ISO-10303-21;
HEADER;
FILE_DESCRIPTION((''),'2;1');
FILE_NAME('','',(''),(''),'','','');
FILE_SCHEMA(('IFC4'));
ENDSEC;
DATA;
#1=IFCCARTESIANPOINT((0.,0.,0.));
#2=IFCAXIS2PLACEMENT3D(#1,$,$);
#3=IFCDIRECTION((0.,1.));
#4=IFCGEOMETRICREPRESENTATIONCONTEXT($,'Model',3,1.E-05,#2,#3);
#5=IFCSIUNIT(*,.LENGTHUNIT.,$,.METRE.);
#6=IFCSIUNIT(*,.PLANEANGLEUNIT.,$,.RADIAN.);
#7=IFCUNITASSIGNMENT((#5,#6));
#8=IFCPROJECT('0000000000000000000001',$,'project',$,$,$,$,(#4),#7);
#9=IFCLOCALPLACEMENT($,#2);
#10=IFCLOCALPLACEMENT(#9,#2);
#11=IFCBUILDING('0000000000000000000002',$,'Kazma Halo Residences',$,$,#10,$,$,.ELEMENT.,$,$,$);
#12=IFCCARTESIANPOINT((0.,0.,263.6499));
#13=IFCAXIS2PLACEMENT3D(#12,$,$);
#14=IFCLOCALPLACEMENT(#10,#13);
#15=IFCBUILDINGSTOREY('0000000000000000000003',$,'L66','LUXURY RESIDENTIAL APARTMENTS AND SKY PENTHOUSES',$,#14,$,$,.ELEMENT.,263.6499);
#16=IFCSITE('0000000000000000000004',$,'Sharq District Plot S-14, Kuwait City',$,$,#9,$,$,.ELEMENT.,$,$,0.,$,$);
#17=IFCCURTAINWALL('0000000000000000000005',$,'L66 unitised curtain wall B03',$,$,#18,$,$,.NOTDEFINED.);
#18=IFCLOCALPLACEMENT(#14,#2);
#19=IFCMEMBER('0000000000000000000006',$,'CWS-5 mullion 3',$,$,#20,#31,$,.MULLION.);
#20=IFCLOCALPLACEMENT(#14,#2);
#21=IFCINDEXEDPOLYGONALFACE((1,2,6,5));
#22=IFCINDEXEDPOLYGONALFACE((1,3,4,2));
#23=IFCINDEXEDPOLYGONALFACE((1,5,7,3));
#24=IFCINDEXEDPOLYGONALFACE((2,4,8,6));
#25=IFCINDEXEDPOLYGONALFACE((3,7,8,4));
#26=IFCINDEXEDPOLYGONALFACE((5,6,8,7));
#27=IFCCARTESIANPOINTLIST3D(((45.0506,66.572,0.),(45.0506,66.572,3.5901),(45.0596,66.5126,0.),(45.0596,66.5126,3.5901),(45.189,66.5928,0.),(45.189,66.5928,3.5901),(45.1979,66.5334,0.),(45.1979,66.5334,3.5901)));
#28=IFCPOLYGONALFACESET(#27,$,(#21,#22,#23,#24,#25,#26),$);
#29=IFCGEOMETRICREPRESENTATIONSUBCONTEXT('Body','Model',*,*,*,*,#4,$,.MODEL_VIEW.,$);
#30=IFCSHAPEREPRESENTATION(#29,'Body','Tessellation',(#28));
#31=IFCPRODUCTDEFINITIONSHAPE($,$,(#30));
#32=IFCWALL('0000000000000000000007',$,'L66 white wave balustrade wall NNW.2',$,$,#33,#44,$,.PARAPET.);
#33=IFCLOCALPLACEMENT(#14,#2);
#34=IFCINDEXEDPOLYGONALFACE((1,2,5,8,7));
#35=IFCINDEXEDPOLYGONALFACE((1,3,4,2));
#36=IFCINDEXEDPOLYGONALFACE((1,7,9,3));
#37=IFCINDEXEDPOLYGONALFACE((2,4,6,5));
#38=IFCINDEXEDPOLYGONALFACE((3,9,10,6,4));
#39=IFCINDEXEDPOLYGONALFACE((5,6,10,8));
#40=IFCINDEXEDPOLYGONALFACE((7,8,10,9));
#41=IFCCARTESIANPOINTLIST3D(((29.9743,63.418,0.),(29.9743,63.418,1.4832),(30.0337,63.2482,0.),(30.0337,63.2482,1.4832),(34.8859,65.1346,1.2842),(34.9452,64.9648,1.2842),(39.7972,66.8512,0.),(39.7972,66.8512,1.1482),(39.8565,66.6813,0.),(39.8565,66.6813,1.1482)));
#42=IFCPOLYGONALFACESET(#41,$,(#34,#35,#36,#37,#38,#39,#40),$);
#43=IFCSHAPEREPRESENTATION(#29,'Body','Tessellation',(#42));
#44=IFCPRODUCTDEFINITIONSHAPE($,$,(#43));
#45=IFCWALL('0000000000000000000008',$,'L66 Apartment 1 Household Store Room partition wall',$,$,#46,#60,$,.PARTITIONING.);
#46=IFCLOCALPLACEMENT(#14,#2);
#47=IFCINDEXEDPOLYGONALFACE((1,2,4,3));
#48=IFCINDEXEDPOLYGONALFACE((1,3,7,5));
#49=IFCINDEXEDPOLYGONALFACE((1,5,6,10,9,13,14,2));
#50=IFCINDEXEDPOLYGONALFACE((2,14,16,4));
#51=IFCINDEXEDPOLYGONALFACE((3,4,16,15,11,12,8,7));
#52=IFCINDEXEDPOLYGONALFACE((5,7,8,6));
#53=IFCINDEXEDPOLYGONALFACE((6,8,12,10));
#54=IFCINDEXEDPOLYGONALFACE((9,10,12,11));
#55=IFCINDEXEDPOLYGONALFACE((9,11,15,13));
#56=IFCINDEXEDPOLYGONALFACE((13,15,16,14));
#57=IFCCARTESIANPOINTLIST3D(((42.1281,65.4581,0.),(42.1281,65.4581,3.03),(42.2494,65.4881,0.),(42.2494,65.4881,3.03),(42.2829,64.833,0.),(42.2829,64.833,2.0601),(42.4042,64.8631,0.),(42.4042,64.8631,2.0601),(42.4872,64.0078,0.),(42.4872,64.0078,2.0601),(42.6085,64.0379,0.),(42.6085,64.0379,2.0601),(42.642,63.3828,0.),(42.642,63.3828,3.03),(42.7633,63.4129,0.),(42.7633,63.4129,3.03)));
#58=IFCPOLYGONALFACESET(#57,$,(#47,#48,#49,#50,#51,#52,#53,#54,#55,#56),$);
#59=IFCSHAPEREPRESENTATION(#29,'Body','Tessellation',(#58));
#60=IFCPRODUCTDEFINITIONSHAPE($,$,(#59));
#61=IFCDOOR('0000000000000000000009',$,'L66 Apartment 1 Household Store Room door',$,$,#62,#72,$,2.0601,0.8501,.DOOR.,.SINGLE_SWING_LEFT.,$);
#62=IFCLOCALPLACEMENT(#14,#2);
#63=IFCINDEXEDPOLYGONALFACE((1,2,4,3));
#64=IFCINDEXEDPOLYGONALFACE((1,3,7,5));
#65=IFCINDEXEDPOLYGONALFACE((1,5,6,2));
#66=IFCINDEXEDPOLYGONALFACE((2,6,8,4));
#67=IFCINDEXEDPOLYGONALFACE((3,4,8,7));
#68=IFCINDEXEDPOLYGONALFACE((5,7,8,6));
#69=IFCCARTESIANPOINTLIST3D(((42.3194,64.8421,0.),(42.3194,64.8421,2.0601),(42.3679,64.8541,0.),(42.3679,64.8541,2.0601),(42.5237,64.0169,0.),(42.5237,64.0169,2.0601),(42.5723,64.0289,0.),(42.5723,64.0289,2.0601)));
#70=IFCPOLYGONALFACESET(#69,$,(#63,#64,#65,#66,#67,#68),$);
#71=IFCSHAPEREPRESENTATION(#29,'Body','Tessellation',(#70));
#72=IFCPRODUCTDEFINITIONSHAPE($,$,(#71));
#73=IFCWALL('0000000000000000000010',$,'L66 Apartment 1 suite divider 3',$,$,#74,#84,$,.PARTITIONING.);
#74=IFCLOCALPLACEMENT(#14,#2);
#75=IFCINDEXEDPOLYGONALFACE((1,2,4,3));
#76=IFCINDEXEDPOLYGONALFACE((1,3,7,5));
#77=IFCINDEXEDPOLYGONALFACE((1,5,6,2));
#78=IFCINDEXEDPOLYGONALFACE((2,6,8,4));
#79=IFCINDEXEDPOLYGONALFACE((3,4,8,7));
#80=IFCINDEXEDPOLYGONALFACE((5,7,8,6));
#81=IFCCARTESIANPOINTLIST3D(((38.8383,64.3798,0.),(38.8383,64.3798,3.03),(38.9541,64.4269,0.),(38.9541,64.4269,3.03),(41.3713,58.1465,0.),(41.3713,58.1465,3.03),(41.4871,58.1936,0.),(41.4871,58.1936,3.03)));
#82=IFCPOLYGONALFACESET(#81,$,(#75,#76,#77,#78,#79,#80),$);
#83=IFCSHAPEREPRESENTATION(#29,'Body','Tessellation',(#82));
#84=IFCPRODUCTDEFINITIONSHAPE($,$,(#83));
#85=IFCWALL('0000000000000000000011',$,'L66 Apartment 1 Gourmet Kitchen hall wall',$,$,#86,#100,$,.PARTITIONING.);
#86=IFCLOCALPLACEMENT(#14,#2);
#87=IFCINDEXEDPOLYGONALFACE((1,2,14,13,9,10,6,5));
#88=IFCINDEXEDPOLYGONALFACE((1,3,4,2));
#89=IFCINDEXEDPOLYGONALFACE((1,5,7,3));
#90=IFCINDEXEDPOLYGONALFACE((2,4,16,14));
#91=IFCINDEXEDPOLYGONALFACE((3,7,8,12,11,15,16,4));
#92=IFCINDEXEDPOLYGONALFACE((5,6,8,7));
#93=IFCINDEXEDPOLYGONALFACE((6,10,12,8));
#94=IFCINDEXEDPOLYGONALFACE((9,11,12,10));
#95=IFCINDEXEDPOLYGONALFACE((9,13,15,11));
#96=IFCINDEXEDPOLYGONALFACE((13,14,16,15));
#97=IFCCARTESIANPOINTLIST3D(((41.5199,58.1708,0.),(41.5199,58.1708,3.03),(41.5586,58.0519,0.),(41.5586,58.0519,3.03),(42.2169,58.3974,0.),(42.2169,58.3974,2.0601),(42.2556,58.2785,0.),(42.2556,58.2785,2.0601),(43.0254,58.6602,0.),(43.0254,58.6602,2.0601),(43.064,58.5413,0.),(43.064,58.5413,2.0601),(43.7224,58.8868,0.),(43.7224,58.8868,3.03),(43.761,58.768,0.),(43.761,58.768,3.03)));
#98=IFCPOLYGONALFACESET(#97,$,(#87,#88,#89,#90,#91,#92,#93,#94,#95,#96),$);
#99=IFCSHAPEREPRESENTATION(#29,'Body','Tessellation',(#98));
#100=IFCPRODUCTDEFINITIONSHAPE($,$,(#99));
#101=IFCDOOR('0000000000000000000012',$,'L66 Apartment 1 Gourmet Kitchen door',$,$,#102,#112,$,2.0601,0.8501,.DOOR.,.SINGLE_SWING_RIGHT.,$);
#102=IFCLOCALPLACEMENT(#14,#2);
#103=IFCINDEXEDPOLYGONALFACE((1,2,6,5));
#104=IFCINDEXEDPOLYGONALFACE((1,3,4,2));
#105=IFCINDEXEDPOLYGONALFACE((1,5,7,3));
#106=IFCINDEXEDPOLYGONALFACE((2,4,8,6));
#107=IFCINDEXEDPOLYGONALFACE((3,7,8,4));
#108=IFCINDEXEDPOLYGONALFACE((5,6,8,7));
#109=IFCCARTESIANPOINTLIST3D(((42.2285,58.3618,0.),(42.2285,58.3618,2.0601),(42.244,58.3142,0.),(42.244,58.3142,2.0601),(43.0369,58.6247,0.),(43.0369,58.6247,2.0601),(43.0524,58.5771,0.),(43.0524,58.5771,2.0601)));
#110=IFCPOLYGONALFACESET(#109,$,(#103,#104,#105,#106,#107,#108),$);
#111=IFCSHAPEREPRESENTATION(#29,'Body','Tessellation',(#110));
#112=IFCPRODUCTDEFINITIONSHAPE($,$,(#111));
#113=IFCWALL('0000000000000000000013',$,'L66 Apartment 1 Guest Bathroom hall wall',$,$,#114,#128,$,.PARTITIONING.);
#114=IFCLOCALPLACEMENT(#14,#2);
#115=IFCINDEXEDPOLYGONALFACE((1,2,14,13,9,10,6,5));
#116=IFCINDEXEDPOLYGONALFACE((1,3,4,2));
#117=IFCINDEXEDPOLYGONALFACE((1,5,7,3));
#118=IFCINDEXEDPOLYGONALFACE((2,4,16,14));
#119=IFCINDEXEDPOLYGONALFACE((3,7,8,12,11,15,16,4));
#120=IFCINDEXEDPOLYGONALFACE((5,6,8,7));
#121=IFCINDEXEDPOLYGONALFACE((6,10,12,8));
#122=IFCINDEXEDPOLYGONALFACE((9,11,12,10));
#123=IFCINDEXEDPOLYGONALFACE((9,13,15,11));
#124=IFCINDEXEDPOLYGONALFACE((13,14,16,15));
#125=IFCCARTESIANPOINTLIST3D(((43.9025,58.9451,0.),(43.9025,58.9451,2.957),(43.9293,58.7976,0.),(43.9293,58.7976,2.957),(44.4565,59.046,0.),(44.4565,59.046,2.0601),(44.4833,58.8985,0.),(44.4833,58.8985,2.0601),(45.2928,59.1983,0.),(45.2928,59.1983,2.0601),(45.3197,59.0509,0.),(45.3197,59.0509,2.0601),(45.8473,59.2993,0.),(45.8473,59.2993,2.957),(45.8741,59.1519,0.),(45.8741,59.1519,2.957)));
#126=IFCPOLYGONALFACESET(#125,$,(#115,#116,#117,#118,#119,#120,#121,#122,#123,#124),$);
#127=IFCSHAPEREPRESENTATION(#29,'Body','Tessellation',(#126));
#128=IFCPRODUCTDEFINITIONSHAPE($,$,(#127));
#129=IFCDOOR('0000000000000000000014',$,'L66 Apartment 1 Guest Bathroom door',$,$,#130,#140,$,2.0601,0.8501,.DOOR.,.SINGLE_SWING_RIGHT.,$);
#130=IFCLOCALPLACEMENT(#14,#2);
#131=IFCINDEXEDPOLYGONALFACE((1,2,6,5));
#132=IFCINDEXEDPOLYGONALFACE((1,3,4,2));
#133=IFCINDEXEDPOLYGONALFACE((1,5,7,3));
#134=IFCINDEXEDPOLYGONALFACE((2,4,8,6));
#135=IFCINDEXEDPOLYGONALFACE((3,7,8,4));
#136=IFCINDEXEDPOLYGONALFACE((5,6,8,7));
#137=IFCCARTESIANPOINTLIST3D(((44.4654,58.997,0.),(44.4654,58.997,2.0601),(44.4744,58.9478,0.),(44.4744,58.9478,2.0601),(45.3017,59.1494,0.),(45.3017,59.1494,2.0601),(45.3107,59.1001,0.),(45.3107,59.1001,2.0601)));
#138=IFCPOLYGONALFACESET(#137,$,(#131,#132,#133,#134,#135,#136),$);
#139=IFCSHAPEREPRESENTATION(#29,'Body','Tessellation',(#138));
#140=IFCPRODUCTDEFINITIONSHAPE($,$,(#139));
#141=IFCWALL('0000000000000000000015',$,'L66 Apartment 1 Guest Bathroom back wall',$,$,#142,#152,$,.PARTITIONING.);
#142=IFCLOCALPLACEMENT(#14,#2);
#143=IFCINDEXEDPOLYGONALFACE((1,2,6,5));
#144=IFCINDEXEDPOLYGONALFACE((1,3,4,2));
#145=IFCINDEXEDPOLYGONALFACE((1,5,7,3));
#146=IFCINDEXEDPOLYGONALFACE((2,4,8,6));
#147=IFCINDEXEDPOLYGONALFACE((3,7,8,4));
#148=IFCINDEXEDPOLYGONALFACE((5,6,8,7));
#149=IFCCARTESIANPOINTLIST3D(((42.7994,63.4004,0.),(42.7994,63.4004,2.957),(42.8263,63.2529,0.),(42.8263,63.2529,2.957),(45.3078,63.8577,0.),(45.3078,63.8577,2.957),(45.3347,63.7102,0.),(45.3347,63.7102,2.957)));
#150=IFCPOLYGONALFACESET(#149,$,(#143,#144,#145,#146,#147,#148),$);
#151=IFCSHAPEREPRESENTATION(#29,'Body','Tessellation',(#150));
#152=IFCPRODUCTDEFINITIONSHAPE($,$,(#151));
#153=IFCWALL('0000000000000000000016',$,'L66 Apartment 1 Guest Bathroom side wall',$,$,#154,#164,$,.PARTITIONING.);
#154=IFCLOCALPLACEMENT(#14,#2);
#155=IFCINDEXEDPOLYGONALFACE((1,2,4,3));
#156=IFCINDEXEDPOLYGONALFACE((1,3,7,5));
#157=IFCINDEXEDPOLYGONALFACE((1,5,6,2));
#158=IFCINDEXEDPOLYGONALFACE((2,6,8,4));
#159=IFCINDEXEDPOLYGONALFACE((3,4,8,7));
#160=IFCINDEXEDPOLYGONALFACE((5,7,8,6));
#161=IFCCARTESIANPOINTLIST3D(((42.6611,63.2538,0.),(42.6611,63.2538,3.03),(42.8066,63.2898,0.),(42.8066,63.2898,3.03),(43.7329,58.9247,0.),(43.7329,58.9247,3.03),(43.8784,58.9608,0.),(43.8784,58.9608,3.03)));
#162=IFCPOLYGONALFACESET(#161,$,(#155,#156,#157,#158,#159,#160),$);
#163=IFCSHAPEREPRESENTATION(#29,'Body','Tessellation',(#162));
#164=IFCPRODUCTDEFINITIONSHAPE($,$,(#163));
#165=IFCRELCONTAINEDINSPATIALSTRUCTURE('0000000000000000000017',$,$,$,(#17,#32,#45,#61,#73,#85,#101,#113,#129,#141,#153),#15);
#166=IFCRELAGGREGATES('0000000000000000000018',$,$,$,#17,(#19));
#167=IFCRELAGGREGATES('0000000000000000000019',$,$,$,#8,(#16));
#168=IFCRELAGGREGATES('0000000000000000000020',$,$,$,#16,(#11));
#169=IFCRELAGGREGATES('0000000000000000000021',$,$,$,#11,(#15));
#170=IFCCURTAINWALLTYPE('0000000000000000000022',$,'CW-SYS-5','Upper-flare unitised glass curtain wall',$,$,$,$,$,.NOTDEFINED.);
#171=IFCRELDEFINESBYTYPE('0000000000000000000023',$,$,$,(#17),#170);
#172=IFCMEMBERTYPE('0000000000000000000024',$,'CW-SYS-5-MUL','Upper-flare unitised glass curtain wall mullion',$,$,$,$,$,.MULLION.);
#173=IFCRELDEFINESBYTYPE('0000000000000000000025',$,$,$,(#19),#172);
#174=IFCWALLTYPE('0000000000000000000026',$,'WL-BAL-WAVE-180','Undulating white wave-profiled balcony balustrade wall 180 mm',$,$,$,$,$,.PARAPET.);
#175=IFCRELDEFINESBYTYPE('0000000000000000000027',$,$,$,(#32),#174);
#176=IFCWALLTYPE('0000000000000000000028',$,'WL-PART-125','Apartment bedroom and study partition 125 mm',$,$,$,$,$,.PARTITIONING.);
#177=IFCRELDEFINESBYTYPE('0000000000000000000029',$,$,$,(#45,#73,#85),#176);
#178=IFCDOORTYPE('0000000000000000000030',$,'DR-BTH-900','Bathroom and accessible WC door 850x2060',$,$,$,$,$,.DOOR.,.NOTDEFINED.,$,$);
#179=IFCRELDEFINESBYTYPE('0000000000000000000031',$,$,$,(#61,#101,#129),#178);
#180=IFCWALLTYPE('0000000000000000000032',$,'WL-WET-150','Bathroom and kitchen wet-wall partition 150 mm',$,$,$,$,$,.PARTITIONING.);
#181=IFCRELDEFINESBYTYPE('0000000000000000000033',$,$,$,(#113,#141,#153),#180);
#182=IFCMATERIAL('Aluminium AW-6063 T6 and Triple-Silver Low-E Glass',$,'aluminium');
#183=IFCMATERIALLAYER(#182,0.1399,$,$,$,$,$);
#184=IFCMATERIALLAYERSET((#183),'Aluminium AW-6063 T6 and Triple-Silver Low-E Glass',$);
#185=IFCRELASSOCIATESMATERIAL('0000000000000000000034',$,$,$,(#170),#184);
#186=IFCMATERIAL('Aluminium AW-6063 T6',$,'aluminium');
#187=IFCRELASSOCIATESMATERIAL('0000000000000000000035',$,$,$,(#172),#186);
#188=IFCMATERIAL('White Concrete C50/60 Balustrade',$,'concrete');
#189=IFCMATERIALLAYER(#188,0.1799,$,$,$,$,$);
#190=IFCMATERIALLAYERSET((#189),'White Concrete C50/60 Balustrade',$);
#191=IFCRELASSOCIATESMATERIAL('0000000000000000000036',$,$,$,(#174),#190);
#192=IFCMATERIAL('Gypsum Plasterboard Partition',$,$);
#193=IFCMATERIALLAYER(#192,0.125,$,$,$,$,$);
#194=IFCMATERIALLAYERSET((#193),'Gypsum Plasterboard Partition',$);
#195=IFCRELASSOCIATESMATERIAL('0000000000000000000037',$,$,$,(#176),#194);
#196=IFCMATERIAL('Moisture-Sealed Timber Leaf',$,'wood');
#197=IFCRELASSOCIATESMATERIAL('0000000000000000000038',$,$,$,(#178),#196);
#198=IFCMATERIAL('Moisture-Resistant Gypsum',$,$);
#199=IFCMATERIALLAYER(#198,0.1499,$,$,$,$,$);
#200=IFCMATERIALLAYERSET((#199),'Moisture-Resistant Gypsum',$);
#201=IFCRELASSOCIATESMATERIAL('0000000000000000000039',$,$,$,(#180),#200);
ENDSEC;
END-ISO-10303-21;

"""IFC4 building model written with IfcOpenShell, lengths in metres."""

from ifc_helpers import new_model, si_unit, direction, frame, frame_2d, origin, origin_2d, place, context, subcontext, project, spatial, polyline, rectangle, outline, extrude, material, layer, layer_set, material_profile, profile_set, type_object, element, fill, aggregate, save


model = new_model("IFC4")

# Units and contexts
model_context = context("Model", 3, precision=1e-05, world=origin(), true_north=direction((0.0, 1.0)))
body_context = subcontext(model_context, "Body", "Model", "MODEL_VIEW")
ifc_project = project(units=[si_unit("LENGTHUNIT", "METRE"), si_unit("PLANEANGLEUNIT", "RADIAN")], contexts=[model_context])

# Site, building, storey
site_placement = place(None, origin())
site = spatial("IfcSite", under=ifc_project, at=site_placement, Name="Sharq District Plot S-14, Kuwait City", CompositionType="ELEMENT", RefElevation=0.0)
building_placement = place(site_placement, origin())
building = spatial("IfcBuilding", under=site, at=building_placement, Name="Kazma Halo Residences", CompositionType="ELEMENT")
storey_placement = place(building_placement, frame((0.0, 0.0, 263.6499)))
storey = spatial("IfcBuildingStorey", under=building, at=storey_placement, Name="L66", Description="LUXURY RESIDENTIAL APARTMENTS AND SKY PENTHOUSES", CompositionType="ELEMENT", Elevation=263.6499)

# Curtain wall, member
ifc_material_1 = material(Name="Aluminium AW-6063 T6 and Triple-Silver Low-E Glass", Category="aluminium")
ifc_layer_1 = layer(ifc_material_1, 0.1399)
ifc_layer_set_1 = layer_set([ifc_layer_1], Name="Aluminium AW-6063 T6 and Triple-Silver Low-E Glass")
curtain_wall_type = type_object("IfcCurtainWallType", Name="CW-SYS-5", Description="Upper-flare unitised glass curtain wall", PredefinedType="NOTDEFINED", material=ifc_layer_set_1)
curtain_wall_placement = place(storey_placement, origin())
curtain_wall = element("IfcCurtainWall", 1, at=curtain_wall_placement, inside=storey, type_object=curtain_wall_type, Name="L66 unitised curtain wall B03", PredefinedType="NOTDEFINED")
ifc_material_2 = material(Name="Aluminium AW-6063 T6", Category="aluminium")
ifc_material_profile_1 = material_profile(ifc_material_2, rectangle(XDim=0.0601, YDim=0.1399, at=origin_2d()), Name="CWM-60x140")
ifc_profile_set_1 = profile_set([ifc_material_profile_1], Name="Aluminium AW-6063 T6")
member_type = type_object("IfcMemberType", Name="CW-SYS-5-MUL", Description="Upper-flare unitised glass curtain wall mullion", PredefinedType="MULLION", material=ifc_profile_set_1)
member_placement = place(storey_placement, frame((45.1243, 66.5527, 0.0), z_axis=(0.0, 0.0, 1.0), x_axis=(0.148697, -0.988883, 0.0)))
member = element("IfcMember", 2, at=member_placement, type_object=member_type, Name="CWS-5 mullion 3", PredefinedType="MULLION", context=body_context, shape_type="SweptSolid", body=[
    extrude(rectangle(XDim=0.0601, YDim=0.1399, at=origin_2d()), origin(), (0.0, 0.0, 1.0), 3.5901),
])
aggregate(curtain_wall, [member])

# Wall
ifc_material_3 = material(Name="White Concrete C50/60 Balustrade", Category="concrete")
ifc_layer_2 = layer(ifc_material_3, 0.1799)
ifc_layer_set_2 = layer_set([ifc_layer_2], Name="White Concrete C50/60 Balustrade")
wall_type_1 = type_object("IfcWallType", Name="WL-BAL-WAVE-180", Description="Undulating white wave-profiled balcony balustrade wall 180 mm", PredefinedType="PARAPET", material=ifc_layer_set_2)
wall_1_placement = place(storey_placement, frame((39.8269, 66.7661, 0.0), z_axis=(0.0, 0.0, 1.0), x_axis=(-0.944004, -0.329934, 0.0)))
element("IfcWall", 3, at=wall_1_placement, inside=storey, type_object=wall_type_1, Name="L66 white wave balustrade wall NNW.2", PredefinedType="PARAPET", context=body_context, shape_type="SweptSolid", body=[
    extrude(outline(polyline([(0.0, 0.0), (10.4055, 0.0), (10.4055, 1.4832), (5.2026, 1.2842), (0.0, 1.1482), (0.0, 0.0)])), frame((0.0, 0.0898, 0.0), z_axis=(0.0, -1.0, 0.0), x_axis=(1.0, 0.0, 0.0)), (0.0, 0.0, 1.0), 0.1799),
])

# Wall, opening, door
ifc_material_4 = material(Name="Gypsum Plasterboard Partition")
ifc_layer_3 = layer(ifc_material_4, 0.125)
ifc_layer_set_3 = layer_set([ifc_layer_3], Name="Gypsum Plasterboard Partition")
wall_type_2 = type_object("IfcWallType", Name="WL-PART-125", Description="Apartment bedroom and study partition 125 mm", PredefinedType="PARTITIONING", material=ifc_layer_set_3)
wall_2_placement = place(storey_placement, frame((42.7026, 63.3979, 0.0), z_axis=(0.0, 0.0, 1.0), x_axis=(-0.240385, 0.970678, 0.0)))
wall_2 = element("IfcWall", 4, at=wall_2_placement, inside=storey, type_object=wall_type_2, Name="L66 Apartment 1 Household Store Room partition wall", PredefinedType="PARTITIONING", context=body_context, shape_type="SweptSolid", body=[
    extrude(rectangle(XDim=2.1379, YDim=0.125, at=frame_2d((1.0688, 0.0))), origin(), (0.0, 0.0, 1.0), 3.03),
])
opening_1_placement = place(wall_2_placement, frame((0.6438, 0.0, 0.0)))
opening_1 = element("IfcOpeningElement", 5, at=opening_1_placement, cuts=wall_2, PredefinedType="OPENING", context=body_context, shape_type="SweptSolid", body=[
    extrude(rectangle(XDim=0.8501, YDim=2.0601, at=frame_2d((0.425, 1.03))), frame((0.0, 0.0725, 0.0), z_axis=(0.0, -1.0, 0.0), x_axis=(1.0, 0.0, 0.0)), (0.0, 0.0, 1.0), 0.145),
])
ifc_material_5 = material(Name="Moisture-Sealed Timber Leaf", Category="wood")
door_type_1 = type_object("IfcDoorType", Name="DR-BTH-900", Description="Bathroom and accessible WC door 850x2060", OperationType="NOTDEFINED", PredefinedType="DOOR", material=ifc_material_5)
door_1_placement = place(opening_1_placement, origin())
door_1 = element("IfcDoor", 6, at=door_1_placement, inside=storey, type_object=door_type_1, Name="L66 Apartment 1 Household Store Room door", OperationType="SINGLE_SWING_LEFT", OverallHeight=2.0601, OverallWidth=0.8501, PredefinedType="DOOR", context=body_context, shape_type="SweptSolid", body=[
    extrude(rectangle(XDim=0.8501, YDim=2.0601, at=frame_2d((0.425, 1.03))), frame((0.0, 0.0249, 0.0), z_axis=(0.0, -1.0, 0.0), x_axis=(1.0, 0.0, 0.0)), (0.0, 0.0, 1.0), 0.05),
])
fill(opening_1, door_1)

# Wall
wall_3_placement = place(storey_placement, frame((41.4292, 58.1699, 0.0), z_axis=(0.0, 0.0, 1.0), x_axis=(-0.376459, 0.926433, 0.0)))
element("IfcWall", 7, at=wall_3_placement, inside=storey, type_object=wall_type_2, Name="L66 Apartment 1 suite divider 3", PredefinedType="PARTITIONING", context=body_context, shape_type="SweptSolid", body=[
    extrude(rectangle(XDim=6.7283, YDim=0.125, at=frame_2d((3.3643, 0.0))), origin(), (0.0, 0.0, 1.0), 3.03),
])

# Walls, openings, doors
wall_4_placement = place(storey_placement, frame((43.7417, 58.8274, 0.0), z_axis=(0.0, 0.0, 1.0), x_axis=(-0.950998, -0.309198, 0.0)))
wall_4 = element("IfcWall", 8, at=wall_4_placement, inside=storey, type_object=wall_type_2, Name="L66 Apartment 1 Gourmet Kitchen hall wall", PredefinedType="PARTITIONING", context=body_context, shape_type="SweptSolid", body=[
    extrude(rectangle(XDim=2.3159, YDim=0.125, at=frame_2d((1.158, 0.0))), origin(), (0.0, 0.0, 1.0), 3.03),
])
opening_2_placement = place(wall_4_placement, frame((0.7329, 0.0, 0.0)))
opening_2 = element("IfcOpeningElement", 9, at=opening_2_placement, cuts=wall_4, PredefinedType="OPENING", context=body_context, shape_type="SweptSolid", body=[
    extrude(rectangle(XDim=0.8501, YDim=2.0601, at=frame_2d((0.425, 1.03))), frame((0.0, 0.0725, 0.0), z_axis=(0.0, -1.0, 0.0), x_axis=(1.0, 0.0, 0.0)), (0.0, 0.0, 1.0), 0.145),
])
door_2_placement = place(opening_2_placement, origin())
door_2 = element("IfcDoor", 10, at=door_2_placement, inside=storey, type_object=door_type_1, Name="L66 Apartment 1 Gourmet Kitchen door", OperationType="SINGLE_SWING_RIGHT", OverallHeight=2.0601, OverallWidth=0.8501, PredefinedType="DOOR", context=body_context, shape_type="SweptSolid", body=[
    extrude(rectangle(XDim=0.8501, YDim=2.0601, at=frame_2d((0.425, 1.03))), frame((0.0, 0.0249, 0.0), z_axis=(0.0, -1.0, 0.0), x_axis=(1.0, 0.0, 0.0)), (0.0, 0.0, 1.0), 0.05),
])
fill(opening_2, door_2)
ifc_material_6 = material(Name="Moisture-Resistant Gypsum")
ifc_layer_4 = layer(ifc_material_6, 0.1499)
ifc_layer_set_4 = layer_set([ifc_layer_4], Name="Moisture-Resistant Gypsum")
wall_type_3 = type_object("IfcWallType", Name="WL-WET-150", Description="Bathroom and kitchen wet-wall partition 150 mm", PredefinedType="PARTITIONING", material=ifc_layer_set_4)
wall_5_placement = place(storey_placement, frame((45.8606, 59.2256, 0.0), z_axis=(0.0, 0.0, 1.0), x_axis=(-0.983813, -0.179201, 0.0)))
wall_5 = element("IfcWall", 11, at=wall_5_placement, inside=storey, type_object=wall_type_3, Name="L66 Apartment 1 Guest Bathroom hall wall", PredefinedType="PARTITIONING", context=body_context, shape_type="SweptSolid", body=[
    extrude(rectangle(XDim=1.9768, YDim=0.1499, at=frame_2d((0.9883, 0.0))), origin(), (0.0, 0.0, 1.0), 2.957),
])
opening_3_placement = place(wall_5_placement, frame((0.5635, 0.0, 0.0)))
opening_3 = element("IfcOpeningElement", 12, at=opening_3_placement, cuts=wall_5, PredefinedType="OPENING", context=body_context, shape_type="SweptSolid", body=[
    extrude(rectangle(XDim=0.8501, YDim=2.0601, at=frame_2d((0.425, 1.03))), frame((0.0, 0.085, 0.0), z_axis=(0.0, -1.0, 0.0), x_axis=(1.0, 0.0, 0.0)), (0.0, 0.0, 1.0), 0.1699),
])
door_3_placement = place(opening_3_placement, origin())
door_3 = element("IfcDoor", 13, at=door_3_placement, inside=storey, type_object=door_type_1, Name="L66 Apartment 1 Guest Bathroom door", OperationType="SINGLE_SWING_RIGHT", OverallHeight=2.0601, OverallWidth=0.8501, PredefinedType="DOOR", context=body_context, shape_type="SweptSolid", body=[
    extrude(rectangle(XDim=0.8501, YDim=2.0601, at=frame_2d((0.425, 1.03))), frame((0.0, 0.0249, 0.0), z_axis=(0.0, -1.0, 0.0), x_axis=(1.0, 0.0, 0.0)), (0.0, 0.0, 1.0), 0.05),
])
fill(opening_3, door_3)

# Walls
wall_6_placement = place(storey_placement, frame((45.3213, 63.7839, 0.0), z_axis=(0.0, 0.0, 1.0), x_axis=(-0.983789, -0.179332, 0.0)))
element("IfcWall", 14, at=wall_6_placement, inside=storey, type_object=wall_type_3, Name="L66 Apartment 1 Guest Bathroom back wall", PredefinedType="PARTITIONING", context=body_context, shape_type="SweptSolid", body=[
    extrude(rectangle(XDim=2.5498, YDim=0.1499, at=frame_2d((1.2749, 0.0))), origin(), (0.0, 0.0, 1.0), 2.957),
])
wall_7_placement = place(storey_placement, frame((43.8057, 58.9426, 0.0), z_axis=(0.0, 0.0, 1.0), x_axis=(-0.24032, 0.970694, 0.0)))
element("IfcWall", 15, at=wall_7_placement, inside=storey, type_object=wall_type_3, Name="L66 Apartment 1 Guest Bathroom side wall", PredefinedType="PARTITIONING", context=body_context, shape_type="SweptSolid", body=[
    extrude(rectangle(XDim=4.4597, YDim=0.1499, at=frame_2d((2.23, 0.0))), origin(), (0.0, 0.0, 1.0), 3.03),
])

save(model, "model.ifc")
